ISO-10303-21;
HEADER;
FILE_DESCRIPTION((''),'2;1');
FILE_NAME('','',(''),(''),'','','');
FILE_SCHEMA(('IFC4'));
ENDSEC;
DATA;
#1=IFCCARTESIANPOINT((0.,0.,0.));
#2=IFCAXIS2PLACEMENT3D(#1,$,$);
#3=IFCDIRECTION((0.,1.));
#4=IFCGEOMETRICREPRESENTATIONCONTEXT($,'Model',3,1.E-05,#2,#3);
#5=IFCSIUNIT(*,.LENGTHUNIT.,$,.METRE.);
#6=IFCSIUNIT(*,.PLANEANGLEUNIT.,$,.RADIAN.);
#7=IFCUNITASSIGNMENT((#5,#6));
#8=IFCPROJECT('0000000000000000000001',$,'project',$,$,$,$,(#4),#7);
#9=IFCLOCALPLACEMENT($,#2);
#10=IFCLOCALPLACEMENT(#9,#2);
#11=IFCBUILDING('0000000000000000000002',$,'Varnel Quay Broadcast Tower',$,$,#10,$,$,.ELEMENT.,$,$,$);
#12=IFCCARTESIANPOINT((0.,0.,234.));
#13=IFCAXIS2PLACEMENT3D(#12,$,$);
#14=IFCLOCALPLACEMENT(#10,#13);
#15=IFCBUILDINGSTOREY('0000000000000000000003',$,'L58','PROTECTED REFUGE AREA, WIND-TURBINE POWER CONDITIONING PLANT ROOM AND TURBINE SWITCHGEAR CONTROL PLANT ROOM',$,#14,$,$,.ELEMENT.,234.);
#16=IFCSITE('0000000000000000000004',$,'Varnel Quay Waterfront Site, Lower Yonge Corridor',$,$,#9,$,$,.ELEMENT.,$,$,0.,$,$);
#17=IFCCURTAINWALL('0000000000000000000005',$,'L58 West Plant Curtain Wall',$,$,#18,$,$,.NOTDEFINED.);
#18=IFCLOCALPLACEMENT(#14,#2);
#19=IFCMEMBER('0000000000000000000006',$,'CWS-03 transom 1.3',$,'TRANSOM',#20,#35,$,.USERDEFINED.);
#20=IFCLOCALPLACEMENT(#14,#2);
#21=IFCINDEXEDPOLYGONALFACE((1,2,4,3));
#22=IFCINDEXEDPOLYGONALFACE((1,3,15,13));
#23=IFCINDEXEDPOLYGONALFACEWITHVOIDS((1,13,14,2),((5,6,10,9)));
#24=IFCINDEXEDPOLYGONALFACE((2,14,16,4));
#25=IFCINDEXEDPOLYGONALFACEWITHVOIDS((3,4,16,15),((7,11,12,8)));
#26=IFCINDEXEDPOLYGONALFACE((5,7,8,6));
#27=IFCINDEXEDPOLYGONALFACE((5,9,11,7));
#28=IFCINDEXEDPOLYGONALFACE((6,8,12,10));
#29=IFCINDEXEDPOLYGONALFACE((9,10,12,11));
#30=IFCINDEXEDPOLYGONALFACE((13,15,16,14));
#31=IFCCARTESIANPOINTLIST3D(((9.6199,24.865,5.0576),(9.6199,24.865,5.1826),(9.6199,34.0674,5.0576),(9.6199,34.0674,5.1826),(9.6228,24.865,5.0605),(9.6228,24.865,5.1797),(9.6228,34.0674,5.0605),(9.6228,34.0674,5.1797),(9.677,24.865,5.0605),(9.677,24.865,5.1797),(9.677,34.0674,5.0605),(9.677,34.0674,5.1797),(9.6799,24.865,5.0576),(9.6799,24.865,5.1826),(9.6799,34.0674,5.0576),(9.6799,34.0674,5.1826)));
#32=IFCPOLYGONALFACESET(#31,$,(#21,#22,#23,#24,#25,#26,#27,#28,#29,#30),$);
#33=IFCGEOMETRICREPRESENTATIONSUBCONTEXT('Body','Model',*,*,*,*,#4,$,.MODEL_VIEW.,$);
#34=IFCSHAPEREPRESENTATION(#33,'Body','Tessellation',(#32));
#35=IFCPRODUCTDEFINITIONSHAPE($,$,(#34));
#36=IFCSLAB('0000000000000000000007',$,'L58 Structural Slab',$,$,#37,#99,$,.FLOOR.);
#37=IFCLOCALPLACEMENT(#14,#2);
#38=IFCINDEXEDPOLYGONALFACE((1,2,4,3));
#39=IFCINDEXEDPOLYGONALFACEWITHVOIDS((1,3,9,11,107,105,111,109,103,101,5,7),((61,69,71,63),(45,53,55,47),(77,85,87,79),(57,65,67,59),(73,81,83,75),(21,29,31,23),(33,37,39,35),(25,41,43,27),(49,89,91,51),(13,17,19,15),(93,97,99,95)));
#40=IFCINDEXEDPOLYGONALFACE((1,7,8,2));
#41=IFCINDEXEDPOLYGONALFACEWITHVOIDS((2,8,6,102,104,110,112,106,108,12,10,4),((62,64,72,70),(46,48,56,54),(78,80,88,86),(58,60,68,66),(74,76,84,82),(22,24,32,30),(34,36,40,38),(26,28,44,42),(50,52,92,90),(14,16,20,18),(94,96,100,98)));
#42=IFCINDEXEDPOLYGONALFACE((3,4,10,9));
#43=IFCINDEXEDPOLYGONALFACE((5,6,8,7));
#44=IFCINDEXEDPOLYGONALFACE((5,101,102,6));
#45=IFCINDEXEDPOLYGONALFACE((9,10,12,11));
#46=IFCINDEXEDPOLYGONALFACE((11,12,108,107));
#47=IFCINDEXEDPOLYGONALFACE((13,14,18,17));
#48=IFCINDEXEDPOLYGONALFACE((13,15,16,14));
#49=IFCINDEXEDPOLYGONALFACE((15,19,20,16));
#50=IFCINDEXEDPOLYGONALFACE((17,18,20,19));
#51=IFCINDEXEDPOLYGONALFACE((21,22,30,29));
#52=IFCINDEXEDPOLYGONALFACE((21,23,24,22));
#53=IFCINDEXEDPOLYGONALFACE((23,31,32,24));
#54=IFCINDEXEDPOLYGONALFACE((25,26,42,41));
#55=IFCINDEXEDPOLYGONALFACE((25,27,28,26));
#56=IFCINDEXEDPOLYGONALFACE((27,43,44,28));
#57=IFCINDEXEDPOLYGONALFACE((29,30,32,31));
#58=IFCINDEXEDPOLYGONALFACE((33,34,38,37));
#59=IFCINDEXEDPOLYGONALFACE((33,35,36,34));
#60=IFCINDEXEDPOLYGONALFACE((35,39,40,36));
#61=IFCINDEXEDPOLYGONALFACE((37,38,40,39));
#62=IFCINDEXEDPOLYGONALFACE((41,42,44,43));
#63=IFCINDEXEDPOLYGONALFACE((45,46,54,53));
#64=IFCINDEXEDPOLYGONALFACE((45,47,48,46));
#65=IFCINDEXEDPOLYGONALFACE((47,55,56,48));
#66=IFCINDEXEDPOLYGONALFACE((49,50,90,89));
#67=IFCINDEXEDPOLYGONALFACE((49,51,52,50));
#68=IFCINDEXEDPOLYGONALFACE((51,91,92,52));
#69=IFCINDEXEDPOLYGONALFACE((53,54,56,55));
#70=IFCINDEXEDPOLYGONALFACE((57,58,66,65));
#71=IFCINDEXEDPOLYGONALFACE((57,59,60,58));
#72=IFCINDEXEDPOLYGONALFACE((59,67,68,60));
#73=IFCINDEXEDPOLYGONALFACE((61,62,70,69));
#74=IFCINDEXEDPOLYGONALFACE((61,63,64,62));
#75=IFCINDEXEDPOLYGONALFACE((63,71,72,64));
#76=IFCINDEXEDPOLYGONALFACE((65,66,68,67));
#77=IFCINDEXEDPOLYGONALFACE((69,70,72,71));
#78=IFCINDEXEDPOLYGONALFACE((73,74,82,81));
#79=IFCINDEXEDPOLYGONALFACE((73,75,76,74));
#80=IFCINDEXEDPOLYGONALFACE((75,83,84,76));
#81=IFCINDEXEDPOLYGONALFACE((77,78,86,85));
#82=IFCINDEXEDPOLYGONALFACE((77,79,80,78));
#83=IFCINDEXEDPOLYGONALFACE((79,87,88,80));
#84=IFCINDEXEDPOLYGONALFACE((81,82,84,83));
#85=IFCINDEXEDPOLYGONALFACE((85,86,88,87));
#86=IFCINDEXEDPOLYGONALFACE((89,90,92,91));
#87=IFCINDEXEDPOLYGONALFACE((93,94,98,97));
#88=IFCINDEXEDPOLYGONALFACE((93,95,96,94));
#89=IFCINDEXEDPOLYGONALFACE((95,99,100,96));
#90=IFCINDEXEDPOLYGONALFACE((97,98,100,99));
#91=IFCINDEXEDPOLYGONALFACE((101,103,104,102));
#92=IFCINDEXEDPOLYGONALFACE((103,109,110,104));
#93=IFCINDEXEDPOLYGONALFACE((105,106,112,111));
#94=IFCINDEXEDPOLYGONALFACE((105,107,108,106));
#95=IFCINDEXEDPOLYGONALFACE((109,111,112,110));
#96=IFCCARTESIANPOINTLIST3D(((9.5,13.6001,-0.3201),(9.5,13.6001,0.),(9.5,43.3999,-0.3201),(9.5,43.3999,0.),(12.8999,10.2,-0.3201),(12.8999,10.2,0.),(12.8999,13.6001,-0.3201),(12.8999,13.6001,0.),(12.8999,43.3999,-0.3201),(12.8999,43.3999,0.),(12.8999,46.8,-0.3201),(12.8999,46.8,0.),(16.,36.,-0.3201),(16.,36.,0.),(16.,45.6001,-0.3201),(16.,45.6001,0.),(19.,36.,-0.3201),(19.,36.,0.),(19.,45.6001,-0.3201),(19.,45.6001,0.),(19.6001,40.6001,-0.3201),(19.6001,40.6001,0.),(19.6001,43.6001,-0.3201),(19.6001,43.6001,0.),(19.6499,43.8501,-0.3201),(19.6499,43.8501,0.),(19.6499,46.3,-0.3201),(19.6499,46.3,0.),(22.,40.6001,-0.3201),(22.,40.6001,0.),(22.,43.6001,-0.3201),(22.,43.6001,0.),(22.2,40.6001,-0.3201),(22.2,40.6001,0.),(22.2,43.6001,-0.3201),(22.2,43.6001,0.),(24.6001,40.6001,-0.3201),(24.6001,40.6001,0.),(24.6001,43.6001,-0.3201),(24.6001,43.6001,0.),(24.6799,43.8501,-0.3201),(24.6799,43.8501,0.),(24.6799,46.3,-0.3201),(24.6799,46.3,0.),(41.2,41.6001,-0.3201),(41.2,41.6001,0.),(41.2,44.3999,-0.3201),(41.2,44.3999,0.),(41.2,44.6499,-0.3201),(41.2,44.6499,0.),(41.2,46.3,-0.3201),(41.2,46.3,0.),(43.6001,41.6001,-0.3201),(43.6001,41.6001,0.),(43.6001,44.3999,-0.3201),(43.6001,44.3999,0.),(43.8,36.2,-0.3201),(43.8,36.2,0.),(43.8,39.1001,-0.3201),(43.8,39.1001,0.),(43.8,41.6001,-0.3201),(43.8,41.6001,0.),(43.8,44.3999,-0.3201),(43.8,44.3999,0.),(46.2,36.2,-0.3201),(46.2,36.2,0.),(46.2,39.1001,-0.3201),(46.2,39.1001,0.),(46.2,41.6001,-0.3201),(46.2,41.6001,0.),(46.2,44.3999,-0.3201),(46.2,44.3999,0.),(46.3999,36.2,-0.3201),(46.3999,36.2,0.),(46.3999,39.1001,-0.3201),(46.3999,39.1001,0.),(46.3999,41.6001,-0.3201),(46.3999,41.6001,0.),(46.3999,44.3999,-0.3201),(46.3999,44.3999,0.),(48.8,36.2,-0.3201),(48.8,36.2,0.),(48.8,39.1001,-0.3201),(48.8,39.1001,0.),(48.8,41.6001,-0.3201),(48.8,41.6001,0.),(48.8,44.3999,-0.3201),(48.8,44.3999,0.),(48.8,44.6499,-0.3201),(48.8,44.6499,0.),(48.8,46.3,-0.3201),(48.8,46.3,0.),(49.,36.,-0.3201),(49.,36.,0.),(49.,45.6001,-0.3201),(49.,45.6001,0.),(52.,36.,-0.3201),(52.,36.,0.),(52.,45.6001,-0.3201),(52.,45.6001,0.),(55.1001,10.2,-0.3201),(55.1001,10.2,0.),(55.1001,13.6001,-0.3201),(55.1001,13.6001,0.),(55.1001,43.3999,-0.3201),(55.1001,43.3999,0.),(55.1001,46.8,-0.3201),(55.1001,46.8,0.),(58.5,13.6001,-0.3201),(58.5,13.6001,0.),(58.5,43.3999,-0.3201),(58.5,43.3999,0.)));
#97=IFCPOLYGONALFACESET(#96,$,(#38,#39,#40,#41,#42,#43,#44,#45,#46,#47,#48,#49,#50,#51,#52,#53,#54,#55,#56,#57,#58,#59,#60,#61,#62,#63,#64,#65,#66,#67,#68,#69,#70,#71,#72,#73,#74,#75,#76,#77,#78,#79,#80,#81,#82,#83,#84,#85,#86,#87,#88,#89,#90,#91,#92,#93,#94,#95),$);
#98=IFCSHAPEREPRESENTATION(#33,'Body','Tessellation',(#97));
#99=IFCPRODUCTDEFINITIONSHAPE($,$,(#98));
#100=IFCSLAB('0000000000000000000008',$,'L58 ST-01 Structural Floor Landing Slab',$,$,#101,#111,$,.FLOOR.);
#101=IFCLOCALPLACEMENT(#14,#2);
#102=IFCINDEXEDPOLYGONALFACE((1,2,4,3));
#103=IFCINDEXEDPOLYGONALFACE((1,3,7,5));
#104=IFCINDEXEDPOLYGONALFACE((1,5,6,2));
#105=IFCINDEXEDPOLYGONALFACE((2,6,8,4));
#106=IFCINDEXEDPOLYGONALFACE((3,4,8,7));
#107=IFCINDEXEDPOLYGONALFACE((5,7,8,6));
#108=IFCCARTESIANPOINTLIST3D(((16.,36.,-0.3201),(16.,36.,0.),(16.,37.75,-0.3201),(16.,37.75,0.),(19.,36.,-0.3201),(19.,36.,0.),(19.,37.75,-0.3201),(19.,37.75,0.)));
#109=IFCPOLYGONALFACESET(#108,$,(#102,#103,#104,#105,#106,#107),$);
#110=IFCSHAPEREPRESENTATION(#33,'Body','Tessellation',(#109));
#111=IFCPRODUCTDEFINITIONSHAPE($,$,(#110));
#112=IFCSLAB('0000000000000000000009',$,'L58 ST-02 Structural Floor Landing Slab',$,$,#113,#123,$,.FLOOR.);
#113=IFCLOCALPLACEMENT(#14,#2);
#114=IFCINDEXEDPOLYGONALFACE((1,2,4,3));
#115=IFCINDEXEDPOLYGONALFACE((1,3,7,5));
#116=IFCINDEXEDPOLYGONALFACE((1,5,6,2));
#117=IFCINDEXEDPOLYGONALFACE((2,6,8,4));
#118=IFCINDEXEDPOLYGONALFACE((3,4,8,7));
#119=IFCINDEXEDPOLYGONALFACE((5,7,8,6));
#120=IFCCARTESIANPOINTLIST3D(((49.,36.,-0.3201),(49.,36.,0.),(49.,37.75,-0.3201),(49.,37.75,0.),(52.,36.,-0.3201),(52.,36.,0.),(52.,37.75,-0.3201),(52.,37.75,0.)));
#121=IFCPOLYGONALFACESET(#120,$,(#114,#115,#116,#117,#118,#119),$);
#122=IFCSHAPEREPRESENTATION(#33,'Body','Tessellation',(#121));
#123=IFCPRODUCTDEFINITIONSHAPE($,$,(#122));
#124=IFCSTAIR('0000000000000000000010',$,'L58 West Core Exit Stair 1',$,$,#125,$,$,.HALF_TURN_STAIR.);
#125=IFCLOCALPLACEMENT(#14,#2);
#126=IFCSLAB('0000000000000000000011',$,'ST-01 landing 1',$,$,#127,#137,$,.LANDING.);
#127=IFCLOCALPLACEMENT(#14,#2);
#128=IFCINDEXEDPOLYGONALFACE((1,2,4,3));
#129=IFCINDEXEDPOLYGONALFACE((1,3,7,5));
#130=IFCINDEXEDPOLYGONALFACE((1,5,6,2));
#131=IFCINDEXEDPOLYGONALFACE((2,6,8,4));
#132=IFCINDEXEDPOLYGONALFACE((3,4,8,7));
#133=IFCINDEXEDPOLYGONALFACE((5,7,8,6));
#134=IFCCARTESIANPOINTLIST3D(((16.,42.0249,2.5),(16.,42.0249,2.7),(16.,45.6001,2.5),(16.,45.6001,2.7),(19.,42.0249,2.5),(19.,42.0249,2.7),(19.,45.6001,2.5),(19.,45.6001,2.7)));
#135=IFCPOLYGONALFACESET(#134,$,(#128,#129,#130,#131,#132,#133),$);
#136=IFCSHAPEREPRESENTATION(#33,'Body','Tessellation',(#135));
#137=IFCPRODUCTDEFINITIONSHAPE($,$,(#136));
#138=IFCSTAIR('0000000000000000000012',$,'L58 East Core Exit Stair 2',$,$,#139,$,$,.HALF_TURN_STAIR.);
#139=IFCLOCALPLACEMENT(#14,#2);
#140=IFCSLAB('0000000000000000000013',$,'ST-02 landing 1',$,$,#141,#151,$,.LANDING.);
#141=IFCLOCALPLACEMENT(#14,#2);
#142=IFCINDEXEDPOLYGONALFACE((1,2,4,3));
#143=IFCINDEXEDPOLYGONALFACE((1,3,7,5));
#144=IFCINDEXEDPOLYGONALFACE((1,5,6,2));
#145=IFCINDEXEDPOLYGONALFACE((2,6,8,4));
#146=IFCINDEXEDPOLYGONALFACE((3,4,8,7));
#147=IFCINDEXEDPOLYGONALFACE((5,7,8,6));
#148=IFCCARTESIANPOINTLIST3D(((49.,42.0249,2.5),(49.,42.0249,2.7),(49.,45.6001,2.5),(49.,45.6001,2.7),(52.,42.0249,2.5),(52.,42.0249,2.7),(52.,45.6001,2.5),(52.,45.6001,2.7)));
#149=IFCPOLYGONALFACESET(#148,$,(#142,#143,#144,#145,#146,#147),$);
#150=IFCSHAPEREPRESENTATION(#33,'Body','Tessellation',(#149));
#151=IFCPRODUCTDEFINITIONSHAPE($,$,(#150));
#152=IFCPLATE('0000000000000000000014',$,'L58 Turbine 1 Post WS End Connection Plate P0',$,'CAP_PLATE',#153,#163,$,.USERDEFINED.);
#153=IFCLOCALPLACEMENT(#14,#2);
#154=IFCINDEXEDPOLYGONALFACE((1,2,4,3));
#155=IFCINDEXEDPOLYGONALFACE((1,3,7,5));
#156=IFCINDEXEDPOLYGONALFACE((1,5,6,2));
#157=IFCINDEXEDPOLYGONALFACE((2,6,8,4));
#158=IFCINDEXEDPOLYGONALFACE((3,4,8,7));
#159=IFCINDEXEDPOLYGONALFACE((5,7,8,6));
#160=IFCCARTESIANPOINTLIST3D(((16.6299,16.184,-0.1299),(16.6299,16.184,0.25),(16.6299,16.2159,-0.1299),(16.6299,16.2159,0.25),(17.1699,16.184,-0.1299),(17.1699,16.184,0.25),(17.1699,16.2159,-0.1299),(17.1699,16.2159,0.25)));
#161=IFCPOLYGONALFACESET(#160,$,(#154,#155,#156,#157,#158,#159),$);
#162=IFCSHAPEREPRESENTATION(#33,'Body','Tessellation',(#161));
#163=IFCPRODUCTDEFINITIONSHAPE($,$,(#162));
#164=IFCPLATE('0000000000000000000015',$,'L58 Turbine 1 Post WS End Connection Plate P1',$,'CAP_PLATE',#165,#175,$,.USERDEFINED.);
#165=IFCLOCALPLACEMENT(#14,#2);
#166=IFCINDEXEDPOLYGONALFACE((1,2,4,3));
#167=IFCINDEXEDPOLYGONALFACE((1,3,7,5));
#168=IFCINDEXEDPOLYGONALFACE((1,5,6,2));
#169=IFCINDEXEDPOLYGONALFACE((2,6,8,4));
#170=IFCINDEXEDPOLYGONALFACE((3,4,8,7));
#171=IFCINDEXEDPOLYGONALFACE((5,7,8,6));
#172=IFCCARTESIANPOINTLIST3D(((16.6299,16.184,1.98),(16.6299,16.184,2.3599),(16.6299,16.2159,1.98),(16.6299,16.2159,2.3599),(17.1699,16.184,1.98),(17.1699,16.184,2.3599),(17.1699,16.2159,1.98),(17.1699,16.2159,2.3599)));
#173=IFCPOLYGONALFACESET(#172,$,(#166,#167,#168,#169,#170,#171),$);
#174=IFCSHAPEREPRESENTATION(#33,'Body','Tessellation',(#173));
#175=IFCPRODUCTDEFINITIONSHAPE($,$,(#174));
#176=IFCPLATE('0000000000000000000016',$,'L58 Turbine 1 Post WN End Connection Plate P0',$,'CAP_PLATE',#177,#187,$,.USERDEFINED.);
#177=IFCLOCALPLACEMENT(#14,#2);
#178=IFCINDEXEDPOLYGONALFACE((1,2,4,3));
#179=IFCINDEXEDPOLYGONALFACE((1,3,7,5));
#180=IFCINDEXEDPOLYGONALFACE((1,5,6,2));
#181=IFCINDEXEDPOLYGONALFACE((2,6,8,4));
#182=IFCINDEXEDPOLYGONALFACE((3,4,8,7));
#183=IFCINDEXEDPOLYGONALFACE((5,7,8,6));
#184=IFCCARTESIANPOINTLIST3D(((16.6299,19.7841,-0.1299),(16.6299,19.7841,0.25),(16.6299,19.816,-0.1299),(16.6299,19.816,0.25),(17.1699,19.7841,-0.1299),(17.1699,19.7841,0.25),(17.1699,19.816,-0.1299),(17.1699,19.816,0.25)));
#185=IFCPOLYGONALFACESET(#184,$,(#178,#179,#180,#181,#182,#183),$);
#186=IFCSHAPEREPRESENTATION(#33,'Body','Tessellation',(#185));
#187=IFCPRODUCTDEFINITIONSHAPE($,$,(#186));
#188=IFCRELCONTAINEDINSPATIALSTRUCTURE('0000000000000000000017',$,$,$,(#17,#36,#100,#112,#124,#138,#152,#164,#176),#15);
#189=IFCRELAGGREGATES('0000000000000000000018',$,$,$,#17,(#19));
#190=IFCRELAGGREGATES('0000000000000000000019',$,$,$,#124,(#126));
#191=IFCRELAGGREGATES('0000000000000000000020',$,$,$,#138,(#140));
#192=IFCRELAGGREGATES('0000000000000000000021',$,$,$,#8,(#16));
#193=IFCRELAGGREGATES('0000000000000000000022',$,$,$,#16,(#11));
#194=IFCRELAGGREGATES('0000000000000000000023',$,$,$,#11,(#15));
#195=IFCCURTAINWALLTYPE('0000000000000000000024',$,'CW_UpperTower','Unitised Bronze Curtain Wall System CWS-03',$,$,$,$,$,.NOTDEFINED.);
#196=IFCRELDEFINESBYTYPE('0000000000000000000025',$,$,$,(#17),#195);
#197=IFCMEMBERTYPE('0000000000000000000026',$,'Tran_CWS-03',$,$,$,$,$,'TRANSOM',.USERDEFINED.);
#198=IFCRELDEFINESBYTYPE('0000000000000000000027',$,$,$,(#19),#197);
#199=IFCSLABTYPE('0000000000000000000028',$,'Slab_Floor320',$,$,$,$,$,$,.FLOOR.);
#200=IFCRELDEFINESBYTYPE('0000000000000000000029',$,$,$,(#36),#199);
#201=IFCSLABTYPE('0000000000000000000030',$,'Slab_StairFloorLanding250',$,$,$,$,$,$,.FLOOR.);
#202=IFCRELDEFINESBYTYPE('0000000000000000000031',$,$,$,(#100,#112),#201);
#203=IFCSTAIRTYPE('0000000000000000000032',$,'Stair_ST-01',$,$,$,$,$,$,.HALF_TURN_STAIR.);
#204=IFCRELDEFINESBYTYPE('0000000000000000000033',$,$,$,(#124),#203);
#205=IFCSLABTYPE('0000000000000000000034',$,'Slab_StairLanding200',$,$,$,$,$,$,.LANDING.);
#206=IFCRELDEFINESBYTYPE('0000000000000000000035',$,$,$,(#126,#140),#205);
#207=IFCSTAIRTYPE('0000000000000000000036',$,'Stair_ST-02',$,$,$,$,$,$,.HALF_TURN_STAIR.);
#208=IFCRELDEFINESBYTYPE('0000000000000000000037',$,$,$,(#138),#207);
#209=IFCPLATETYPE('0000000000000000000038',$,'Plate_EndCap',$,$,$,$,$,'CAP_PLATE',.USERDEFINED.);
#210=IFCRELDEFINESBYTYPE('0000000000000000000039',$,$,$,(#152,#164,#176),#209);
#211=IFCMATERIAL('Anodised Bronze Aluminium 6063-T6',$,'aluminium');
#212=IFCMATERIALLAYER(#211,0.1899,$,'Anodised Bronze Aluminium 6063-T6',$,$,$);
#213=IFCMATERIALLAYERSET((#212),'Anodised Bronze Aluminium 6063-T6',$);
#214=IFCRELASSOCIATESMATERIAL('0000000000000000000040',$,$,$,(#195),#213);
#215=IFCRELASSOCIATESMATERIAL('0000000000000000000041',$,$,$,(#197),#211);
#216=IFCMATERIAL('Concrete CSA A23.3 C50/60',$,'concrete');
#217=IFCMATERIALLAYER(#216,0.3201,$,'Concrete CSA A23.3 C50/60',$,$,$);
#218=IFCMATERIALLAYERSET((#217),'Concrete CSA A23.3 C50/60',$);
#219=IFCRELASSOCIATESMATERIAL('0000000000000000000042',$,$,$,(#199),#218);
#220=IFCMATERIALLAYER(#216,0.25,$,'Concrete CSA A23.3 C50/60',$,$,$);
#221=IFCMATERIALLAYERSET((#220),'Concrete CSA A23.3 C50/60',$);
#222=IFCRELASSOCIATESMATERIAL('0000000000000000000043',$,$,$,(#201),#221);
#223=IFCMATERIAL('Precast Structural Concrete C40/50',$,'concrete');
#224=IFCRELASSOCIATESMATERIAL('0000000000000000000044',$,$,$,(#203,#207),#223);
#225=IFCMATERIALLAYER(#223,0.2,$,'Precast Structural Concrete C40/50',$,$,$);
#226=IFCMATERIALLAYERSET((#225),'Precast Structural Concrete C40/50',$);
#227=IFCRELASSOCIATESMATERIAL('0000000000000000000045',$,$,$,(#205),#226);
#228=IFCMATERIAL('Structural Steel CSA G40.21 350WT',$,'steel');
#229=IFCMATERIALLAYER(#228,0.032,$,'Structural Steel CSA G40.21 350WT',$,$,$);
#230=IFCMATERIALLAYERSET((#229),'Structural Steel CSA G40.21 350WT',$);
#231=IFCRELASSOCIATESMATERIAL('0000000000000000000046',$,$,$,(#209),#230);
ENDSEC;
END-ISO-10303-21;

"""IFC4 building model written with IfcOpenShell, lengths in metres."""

from ifc_helpers import new_model, si_unit, direction, frame, origin, origin_2d, place, context, subcontext, project, spatial, polyline, rectangle, hollow_rectangle, outline, extrude, source, transform, mapped, material, layer, layer_set, material_profile, profile_set, type_object, type_shapes, element, aggregate, save


model = new_model("IFC4")

# Units and contexts
model_context = context("Model", 3, precision=1e-05, world=origin(), true_north=direction((0.0, 1.0)))
body_context = subcontext(model_context, "Body", "Model", "MODEL_VIEW")
ifc_project = project(units=[si_unit("LENGTHUNIT", "METRE"), si_unit("PLANEANGLEUNIT", "RADIAN")], contexts=[model_context])

# Site, building, storey
site_placement = place(None, origin())
site = spatial("IfcSite", under=ifc_project, at=site_placement, Name="Varnel Quay Waterfront Site, Lower Yonge Corridor", CompositionType="ELEMENT", RefElevation=0.0)
building_placement = place(site_placement, origin())
building = spatial("IfcBuilding", under=site, at=building_placement, Name="Varnel Quay Broadcast Tower", CompositionType="ELEMENT")
storey_placement = place(building_placement, frame((0.0, 0.0, 234.0)))
storey = spatial("IfcBuildingStorey", under=building, at=storey_placement, Name="L58", Description="PROTECTED REFUGE AREA, WIND-TURBINE POWER CONDITIONING PLANT ROOM AND TURBINE SWITCHGEAR CONTROL PLANT ROOM", CompositionType="ELEMENT", Elevation=234.0)

# Shared definitions
ifc_material_1 = material(Name="Structural Steel CSA G40.21 350WT", Category="steel")

# Curtain wall, member
ifc_material_2 = material(Name="Anodised Bronze Aluminium 6063-T6", Category="aluminium")
ifc_layer_1 = layer(ifc_material_2, 0.1899, Name="Anodised Bronze Aluminium 6063-T6")
ifc_layer_set_1 = layer_set([ifc_layer_1], Name="Anodised Bronze Aluminium 6063-T6")
curtain_wall_type = type_object("IfcCurtainWallType", Name="CW_UpperTower", Description="Unitised Bronze Curtain Wall System CWS-03", PredefinedType="NOTDEFINED", material=ifc_layer_set_1)
curtain_wall_placement = place(storey_placement, origin())
curtain_wall = element("IfcCurtainWall", 1, at=curtain_wall_placement, inside=storey, type_object=curtain_wall_type, Name="L58 West Plant Curtain Wall", PredefinedType="NOTDEFINED")
ifc_material_profile_1 = material_profile(ifc_material_2, hollow_rectangle(XDim=0.0601, YDim=0.125, WallThickness=0.0029, at=origin_2d()), Name="ALU60X125X3")
ifc_profile_set_1 = profile_set([ifc_material_profile_1], Name="Anodised Bronze Aluminium 6063-T6")
member_type_1 = type_object("IfcMemberType", Name="Tran_CWS-03", ElementType="TRANSOM", PredefinedType="USERDEFINED", material=ifc_profile_set_1)
shared_shape_1 = source(origin(), body_context, "Body", "SweptSolid", [
    extrude(hollow_rectangle(XDim=0.0601, YDim=0.125, WallThickness=0.0029, at=origin_2d()), origin(), (0.0, 0.0, 1.0), 9.2024),
])
type_shapes(member_type_1, [shared_shape_1])
member_1_placement = place(storey_placement, frame((9.6499, 24.865, 5.1201), z_axis=(0.0, 1.0, 0.0), x_axis=(-1.0, 0.0, 0.0)))
member_1 = element("IfcMember", 2, at=member_1_placement, type_object=member_type_1, Name="CWS-03 transom 1.3", ObjectType="TRANSOM", PredefinedType="USERDEFINED", context=body_context, shape_type="MappedRepresentation", body=[
    mapped(shared_shape_1, transform((0.0, 0.0, 0.0), x_axis=(1.0, 0.0, 0.0), y_axis=(0.0, 1.0, 0.0), z_axis=(0.0, 0.0, 1.0), scale=1.0)),
])
aggregate(curtain_wall, [member_1])

# Slabs
ifc_material_3 = material(Name="Concrete CSA A23.3 C50/60", Category="concrete")
ifc_layer_2 = layer(ifc_material_3, 0.3201, Name="Concrete CSA A23.3 C50/60")
ifc_layer_set_2 = layer_set([ifc_layer_2], Name="Concrete CSA A23.3 C50/60")
slab_type_1 = type_object("IfcSlabType", Name="Slab_Floor320", PredefinedType="FLOOR", material=ifc_layer_set_2)
slab_1_placement = place(storey_placement, frame((0.0, 0.0, -0.3201)))
element("IfcSlab", 3, at=slab_1_placement, inside=storey, type_object=slab_type_1, Name="L58 Structural Slab", PredefinedType="FLOOR", context=body_context, shape_type="SweptSolid", body=[
    extrude(outline(polyline([(12.8999, 10.2), (55.1001, 10.2), (55.1001, 13.6001), (58.5, 13.6001), (58.5, 43.3999), (55.1001, 43.3999), (55.1001, 46.8), (12.8999, 46.8), (12.8999, 43.3999), (9.5, 43.3999), (9.5, 13.6001), (12.8999, 13.6001), (12.8999, 10.2)]), holes=[polyline([(19.0, 36.0), (16.0, 36.0), (16.0, 45.6001), (19.0, 45.6001), (19.0, 36.0)]), polyline([(19.6001, 40.6001), (19.6001, 43.6001), (22.0, 43.6001), (22.0, 40.6001), (19.6001, 40.6001)]), polyline([(22.2, 40.6001), (22.2, 43.6001), (24.6001, 43.6001), (24.6001, 40.6001), (22.2, 40.6001)]), polyline([(41.2, 44.3999), (43.6001, 44.3999), (43.6001, 41.6001), (41.2, 41.6001), (41.2, 44.3999)]), polyline([(43.8, 44.3999), (46.2, 44.3999), (46.2, 41.6001), (43.8, 41.6001), (43.8, 44.3999)]), polyline([(19.6499, 43.8501), (19.6499, 46.3), (24.6799, 46.3), (24.6799, 43.8501), (19.6499, 43.8501)]), polyline([(43.8, 39.1001), (46.2, 39.1001), (46.2, 36.2), (43.8, 36.2), (43.8, 39.1001)]), polyline([(46.3999, 39.1001), (48.8, 39.1001), (48.8, 36.2), (46.3999, 36.2), (46.3999, 39.1001)]), polyline([(52.0, 36.0), (49.0, 36.0), (49.0, 45.6001), (52.0, 45.6001), (52.0, 36.0)]), polyline([(46.3999, 44.3999), (48.8, 44.3999), (48.8, 41.6001), (46.3999, 41.6001), (46.3999, 44.3999)]), polyline([(41.2, 46.3), (48.8, 46.3), (48.8, 44.6499), (41.2, 44.6499), (41.2, 46.3)])]), origin(), (0.0, 0.0, 1.0), 0.3201),
])
ifc_layer_3 = layer(ifc_material_3, 0.25, Name="Concrete CSA A23.3 C50/60")
ifc_layer_set_3 = layer_set([ifc_layer_3], Name="Concrete CSA A23.3 C50/60")
slab_type_2 = type_object("IfcSlabType", Name="Slab_StairFloorLanding250", PredefinedType="FLOOR", material=ifc_layer_set_3)
slab_2_placement = place(storey_placement, frame((0.0, 0.0, -0.3201)))
element("IfcSlab", 4, at=slab_2_placement, inside=storey, type_object=slab_type_2, Name="L58 ST-01 Structural Floor Landing Slab", PredefinedType="FLOOR", context=body_context, shape_type="SweptSolid", body=[
    extrude(outline(polyline([(19.0, 36.0), (19.0, 37.75), (16.0, 37.75), (16.0, 36.0), (19.0, 36.0)])), origin(), (0.0, 0.0, 1.0), 0.3201),
])
slab_3_placement = place(storey_placement, frame((0.0, 0.0, -0.3201)))
element("IfcSlab", 5, at=slab_3_placement, inside=storey, type_object=slab_type_2, Name="L58 ST-02 Structural Floor Landing Slab", PredefinedType="FLOOR", context=body_context, shape_type="SweptSolid", body=[
    extrude(outline(polyline([(52.0, 36.0), (52.0, 37.75), (49.0, 37.75), (49.0, 36.0), (52.0, 36.0)])), origin(), (0.0, 0.0, 1.0), 0.3201),
])

# Stairs, slabs
ifc_material_4 = material(Name="Precast Structural Concrete C40/50", Category="concrete")
stair_type_1 = type_object("IfcStairType", Name="Stair_ST-01", PredefinedType="HALF_TURN_STAIR", material=ifc_material_4)
stair_1_placement = place(storey_placement, origin())
stair_1 = element("IfcStair", 6, at=stair_1_placement, inside=storey, type_object=stair_type_1, Name="L58 West Core Exit Stair 1", PredefinedType="HALF_TURN_STAIR")
ifc_layer_4 = layer(ifc_material_4, 0.2, Name="Precast Structural Concrete C40/50")
ifc_layer_set_4 = layer_set([ifc_layer_4], Name="Precast Structural Concrete C40/50")
slab_type_3 = type_object("IfcSlabType", Name="Slab_StairLanding200", PredefinedType="LANDING", material=ifc_layer_set_4)
slab_4_placement = place(storey_placement, frame((0.0, 0.0, 2.5)))
slab_4 = element("IfcSlab", 7, at=slab_4_placement, type_object=slab_type_3, Name="ST-01 landing 1", PredefinedType="LANDING", context=body_context, shape_type="SweptSolid", body=[
    extrude(outline(polyline([(19.0, 42.0249), (19.0, 45.6001), (16.0, 45.6001), (16.0, 42.0249), (19.0, 42.0249)])), origin(), (0.0, 0.0, 1.0), 0.2),
])
aggregate(stair_1, [slab_4])
stair_type_2 = type_object("IfcStairType", Name="Stair_ST-02", PredefinedType="HALF_TURN_STAIR", material=ifc_material_4)
stair_2_placement = place(storey_placement, origin())
stair_2 = element("IfcStair", 8, at=stair_2_placement, inside=storey, type_object=stair_type_2, Name="L58 East Core Exit Stair 2", PredefinedType="HALF_TURN_STAIR")
slab_5_placement = place(storey_placement, frame((0.0, 0.0, 2.5)))
slab_5 = element("IfcSlab", 9, at=slab_5_placement, type_object=slab_type_3, Name="ST-02 landing 1", PredefinedType="LANDING", context=body_context, shape_type="SweptSolid", body=[
    extrude(outline(polyline([(52.0, 42.0249), (52.0, 45.6001), (49.0, 45.6001), (49.0, 42.0249), (52.0, 42.0249)])), origin(), (0.0, 0.0, 1.0), 0.2),
])
aggregate(stair_2, [slab_5])

# Plates
ifc_layer_5 = layer(ifc_material_1, 0.032, Name="Structural Steel CSA G40.21 350WT")
ifc_layer_set_5 = layer_set([ifc_layer_5], Name="Structural Steel CSA G40.21 350WT")
plate_type = type_object("IfcPlateType", Name="Plate_EndCap", ElementType="CAP_PLATE", PredefinedType="USERDEFINED", material=ifc_layer_set_5)
shared_shape_2 = source(origin(), body_context, "Body", "SweptSolid", [
    extrude(rectangle(XDim=0.54, YDim=0.032, at=origin_2d()), origin(), (0.0, 0.0, 1.0), 0.3799),
])
type_shapes(plate_type, [shared_shape_2])
for number, where, z_axis, x_axis, name in (
    (10, (16.8999, 16.2, -0.1299), (0.0, 0.0, 1.0), (1.0, 0.0, 0.0), "L58 Turbine 1 Post WS End Connection Plate P0"),
    (11, (16.8999, 16.2, 1.98), (0.0, 0.0, 1.0), (1.0, 0.0, 0.0), "L58 Turbine 1 Post WS End Connection Plate P1"),
    (12, (16.8999, 19.8, -0.1299), (0.0, 0.0, 1.0), (1.0, 0.0, 0.0), "L58 Turbine 1 Post WN End Connection Plate P0"),
):
    element("IfcPlate", number, at=place(storey_placement, frame(where, z_axis=z_axis, x_axis=x_axis)), inside=storey, type_object=plate_type, Name=name, ObjectType="CAP_PLATE", PredefinedType="USERDEFINED", context=body_context, shape_type="MappedRepresentation", body=[
        mapped(shared_shape_2, transform((0.0, 0.0, 0.0), x_axis=(1.0, 0.0, 0.0), y_axis=(0.0, 1.0, 0.0), z_axis=(0.0, 0.0, 1.0), scale=1.0)),
    ])

save(model, "model.ifc")
